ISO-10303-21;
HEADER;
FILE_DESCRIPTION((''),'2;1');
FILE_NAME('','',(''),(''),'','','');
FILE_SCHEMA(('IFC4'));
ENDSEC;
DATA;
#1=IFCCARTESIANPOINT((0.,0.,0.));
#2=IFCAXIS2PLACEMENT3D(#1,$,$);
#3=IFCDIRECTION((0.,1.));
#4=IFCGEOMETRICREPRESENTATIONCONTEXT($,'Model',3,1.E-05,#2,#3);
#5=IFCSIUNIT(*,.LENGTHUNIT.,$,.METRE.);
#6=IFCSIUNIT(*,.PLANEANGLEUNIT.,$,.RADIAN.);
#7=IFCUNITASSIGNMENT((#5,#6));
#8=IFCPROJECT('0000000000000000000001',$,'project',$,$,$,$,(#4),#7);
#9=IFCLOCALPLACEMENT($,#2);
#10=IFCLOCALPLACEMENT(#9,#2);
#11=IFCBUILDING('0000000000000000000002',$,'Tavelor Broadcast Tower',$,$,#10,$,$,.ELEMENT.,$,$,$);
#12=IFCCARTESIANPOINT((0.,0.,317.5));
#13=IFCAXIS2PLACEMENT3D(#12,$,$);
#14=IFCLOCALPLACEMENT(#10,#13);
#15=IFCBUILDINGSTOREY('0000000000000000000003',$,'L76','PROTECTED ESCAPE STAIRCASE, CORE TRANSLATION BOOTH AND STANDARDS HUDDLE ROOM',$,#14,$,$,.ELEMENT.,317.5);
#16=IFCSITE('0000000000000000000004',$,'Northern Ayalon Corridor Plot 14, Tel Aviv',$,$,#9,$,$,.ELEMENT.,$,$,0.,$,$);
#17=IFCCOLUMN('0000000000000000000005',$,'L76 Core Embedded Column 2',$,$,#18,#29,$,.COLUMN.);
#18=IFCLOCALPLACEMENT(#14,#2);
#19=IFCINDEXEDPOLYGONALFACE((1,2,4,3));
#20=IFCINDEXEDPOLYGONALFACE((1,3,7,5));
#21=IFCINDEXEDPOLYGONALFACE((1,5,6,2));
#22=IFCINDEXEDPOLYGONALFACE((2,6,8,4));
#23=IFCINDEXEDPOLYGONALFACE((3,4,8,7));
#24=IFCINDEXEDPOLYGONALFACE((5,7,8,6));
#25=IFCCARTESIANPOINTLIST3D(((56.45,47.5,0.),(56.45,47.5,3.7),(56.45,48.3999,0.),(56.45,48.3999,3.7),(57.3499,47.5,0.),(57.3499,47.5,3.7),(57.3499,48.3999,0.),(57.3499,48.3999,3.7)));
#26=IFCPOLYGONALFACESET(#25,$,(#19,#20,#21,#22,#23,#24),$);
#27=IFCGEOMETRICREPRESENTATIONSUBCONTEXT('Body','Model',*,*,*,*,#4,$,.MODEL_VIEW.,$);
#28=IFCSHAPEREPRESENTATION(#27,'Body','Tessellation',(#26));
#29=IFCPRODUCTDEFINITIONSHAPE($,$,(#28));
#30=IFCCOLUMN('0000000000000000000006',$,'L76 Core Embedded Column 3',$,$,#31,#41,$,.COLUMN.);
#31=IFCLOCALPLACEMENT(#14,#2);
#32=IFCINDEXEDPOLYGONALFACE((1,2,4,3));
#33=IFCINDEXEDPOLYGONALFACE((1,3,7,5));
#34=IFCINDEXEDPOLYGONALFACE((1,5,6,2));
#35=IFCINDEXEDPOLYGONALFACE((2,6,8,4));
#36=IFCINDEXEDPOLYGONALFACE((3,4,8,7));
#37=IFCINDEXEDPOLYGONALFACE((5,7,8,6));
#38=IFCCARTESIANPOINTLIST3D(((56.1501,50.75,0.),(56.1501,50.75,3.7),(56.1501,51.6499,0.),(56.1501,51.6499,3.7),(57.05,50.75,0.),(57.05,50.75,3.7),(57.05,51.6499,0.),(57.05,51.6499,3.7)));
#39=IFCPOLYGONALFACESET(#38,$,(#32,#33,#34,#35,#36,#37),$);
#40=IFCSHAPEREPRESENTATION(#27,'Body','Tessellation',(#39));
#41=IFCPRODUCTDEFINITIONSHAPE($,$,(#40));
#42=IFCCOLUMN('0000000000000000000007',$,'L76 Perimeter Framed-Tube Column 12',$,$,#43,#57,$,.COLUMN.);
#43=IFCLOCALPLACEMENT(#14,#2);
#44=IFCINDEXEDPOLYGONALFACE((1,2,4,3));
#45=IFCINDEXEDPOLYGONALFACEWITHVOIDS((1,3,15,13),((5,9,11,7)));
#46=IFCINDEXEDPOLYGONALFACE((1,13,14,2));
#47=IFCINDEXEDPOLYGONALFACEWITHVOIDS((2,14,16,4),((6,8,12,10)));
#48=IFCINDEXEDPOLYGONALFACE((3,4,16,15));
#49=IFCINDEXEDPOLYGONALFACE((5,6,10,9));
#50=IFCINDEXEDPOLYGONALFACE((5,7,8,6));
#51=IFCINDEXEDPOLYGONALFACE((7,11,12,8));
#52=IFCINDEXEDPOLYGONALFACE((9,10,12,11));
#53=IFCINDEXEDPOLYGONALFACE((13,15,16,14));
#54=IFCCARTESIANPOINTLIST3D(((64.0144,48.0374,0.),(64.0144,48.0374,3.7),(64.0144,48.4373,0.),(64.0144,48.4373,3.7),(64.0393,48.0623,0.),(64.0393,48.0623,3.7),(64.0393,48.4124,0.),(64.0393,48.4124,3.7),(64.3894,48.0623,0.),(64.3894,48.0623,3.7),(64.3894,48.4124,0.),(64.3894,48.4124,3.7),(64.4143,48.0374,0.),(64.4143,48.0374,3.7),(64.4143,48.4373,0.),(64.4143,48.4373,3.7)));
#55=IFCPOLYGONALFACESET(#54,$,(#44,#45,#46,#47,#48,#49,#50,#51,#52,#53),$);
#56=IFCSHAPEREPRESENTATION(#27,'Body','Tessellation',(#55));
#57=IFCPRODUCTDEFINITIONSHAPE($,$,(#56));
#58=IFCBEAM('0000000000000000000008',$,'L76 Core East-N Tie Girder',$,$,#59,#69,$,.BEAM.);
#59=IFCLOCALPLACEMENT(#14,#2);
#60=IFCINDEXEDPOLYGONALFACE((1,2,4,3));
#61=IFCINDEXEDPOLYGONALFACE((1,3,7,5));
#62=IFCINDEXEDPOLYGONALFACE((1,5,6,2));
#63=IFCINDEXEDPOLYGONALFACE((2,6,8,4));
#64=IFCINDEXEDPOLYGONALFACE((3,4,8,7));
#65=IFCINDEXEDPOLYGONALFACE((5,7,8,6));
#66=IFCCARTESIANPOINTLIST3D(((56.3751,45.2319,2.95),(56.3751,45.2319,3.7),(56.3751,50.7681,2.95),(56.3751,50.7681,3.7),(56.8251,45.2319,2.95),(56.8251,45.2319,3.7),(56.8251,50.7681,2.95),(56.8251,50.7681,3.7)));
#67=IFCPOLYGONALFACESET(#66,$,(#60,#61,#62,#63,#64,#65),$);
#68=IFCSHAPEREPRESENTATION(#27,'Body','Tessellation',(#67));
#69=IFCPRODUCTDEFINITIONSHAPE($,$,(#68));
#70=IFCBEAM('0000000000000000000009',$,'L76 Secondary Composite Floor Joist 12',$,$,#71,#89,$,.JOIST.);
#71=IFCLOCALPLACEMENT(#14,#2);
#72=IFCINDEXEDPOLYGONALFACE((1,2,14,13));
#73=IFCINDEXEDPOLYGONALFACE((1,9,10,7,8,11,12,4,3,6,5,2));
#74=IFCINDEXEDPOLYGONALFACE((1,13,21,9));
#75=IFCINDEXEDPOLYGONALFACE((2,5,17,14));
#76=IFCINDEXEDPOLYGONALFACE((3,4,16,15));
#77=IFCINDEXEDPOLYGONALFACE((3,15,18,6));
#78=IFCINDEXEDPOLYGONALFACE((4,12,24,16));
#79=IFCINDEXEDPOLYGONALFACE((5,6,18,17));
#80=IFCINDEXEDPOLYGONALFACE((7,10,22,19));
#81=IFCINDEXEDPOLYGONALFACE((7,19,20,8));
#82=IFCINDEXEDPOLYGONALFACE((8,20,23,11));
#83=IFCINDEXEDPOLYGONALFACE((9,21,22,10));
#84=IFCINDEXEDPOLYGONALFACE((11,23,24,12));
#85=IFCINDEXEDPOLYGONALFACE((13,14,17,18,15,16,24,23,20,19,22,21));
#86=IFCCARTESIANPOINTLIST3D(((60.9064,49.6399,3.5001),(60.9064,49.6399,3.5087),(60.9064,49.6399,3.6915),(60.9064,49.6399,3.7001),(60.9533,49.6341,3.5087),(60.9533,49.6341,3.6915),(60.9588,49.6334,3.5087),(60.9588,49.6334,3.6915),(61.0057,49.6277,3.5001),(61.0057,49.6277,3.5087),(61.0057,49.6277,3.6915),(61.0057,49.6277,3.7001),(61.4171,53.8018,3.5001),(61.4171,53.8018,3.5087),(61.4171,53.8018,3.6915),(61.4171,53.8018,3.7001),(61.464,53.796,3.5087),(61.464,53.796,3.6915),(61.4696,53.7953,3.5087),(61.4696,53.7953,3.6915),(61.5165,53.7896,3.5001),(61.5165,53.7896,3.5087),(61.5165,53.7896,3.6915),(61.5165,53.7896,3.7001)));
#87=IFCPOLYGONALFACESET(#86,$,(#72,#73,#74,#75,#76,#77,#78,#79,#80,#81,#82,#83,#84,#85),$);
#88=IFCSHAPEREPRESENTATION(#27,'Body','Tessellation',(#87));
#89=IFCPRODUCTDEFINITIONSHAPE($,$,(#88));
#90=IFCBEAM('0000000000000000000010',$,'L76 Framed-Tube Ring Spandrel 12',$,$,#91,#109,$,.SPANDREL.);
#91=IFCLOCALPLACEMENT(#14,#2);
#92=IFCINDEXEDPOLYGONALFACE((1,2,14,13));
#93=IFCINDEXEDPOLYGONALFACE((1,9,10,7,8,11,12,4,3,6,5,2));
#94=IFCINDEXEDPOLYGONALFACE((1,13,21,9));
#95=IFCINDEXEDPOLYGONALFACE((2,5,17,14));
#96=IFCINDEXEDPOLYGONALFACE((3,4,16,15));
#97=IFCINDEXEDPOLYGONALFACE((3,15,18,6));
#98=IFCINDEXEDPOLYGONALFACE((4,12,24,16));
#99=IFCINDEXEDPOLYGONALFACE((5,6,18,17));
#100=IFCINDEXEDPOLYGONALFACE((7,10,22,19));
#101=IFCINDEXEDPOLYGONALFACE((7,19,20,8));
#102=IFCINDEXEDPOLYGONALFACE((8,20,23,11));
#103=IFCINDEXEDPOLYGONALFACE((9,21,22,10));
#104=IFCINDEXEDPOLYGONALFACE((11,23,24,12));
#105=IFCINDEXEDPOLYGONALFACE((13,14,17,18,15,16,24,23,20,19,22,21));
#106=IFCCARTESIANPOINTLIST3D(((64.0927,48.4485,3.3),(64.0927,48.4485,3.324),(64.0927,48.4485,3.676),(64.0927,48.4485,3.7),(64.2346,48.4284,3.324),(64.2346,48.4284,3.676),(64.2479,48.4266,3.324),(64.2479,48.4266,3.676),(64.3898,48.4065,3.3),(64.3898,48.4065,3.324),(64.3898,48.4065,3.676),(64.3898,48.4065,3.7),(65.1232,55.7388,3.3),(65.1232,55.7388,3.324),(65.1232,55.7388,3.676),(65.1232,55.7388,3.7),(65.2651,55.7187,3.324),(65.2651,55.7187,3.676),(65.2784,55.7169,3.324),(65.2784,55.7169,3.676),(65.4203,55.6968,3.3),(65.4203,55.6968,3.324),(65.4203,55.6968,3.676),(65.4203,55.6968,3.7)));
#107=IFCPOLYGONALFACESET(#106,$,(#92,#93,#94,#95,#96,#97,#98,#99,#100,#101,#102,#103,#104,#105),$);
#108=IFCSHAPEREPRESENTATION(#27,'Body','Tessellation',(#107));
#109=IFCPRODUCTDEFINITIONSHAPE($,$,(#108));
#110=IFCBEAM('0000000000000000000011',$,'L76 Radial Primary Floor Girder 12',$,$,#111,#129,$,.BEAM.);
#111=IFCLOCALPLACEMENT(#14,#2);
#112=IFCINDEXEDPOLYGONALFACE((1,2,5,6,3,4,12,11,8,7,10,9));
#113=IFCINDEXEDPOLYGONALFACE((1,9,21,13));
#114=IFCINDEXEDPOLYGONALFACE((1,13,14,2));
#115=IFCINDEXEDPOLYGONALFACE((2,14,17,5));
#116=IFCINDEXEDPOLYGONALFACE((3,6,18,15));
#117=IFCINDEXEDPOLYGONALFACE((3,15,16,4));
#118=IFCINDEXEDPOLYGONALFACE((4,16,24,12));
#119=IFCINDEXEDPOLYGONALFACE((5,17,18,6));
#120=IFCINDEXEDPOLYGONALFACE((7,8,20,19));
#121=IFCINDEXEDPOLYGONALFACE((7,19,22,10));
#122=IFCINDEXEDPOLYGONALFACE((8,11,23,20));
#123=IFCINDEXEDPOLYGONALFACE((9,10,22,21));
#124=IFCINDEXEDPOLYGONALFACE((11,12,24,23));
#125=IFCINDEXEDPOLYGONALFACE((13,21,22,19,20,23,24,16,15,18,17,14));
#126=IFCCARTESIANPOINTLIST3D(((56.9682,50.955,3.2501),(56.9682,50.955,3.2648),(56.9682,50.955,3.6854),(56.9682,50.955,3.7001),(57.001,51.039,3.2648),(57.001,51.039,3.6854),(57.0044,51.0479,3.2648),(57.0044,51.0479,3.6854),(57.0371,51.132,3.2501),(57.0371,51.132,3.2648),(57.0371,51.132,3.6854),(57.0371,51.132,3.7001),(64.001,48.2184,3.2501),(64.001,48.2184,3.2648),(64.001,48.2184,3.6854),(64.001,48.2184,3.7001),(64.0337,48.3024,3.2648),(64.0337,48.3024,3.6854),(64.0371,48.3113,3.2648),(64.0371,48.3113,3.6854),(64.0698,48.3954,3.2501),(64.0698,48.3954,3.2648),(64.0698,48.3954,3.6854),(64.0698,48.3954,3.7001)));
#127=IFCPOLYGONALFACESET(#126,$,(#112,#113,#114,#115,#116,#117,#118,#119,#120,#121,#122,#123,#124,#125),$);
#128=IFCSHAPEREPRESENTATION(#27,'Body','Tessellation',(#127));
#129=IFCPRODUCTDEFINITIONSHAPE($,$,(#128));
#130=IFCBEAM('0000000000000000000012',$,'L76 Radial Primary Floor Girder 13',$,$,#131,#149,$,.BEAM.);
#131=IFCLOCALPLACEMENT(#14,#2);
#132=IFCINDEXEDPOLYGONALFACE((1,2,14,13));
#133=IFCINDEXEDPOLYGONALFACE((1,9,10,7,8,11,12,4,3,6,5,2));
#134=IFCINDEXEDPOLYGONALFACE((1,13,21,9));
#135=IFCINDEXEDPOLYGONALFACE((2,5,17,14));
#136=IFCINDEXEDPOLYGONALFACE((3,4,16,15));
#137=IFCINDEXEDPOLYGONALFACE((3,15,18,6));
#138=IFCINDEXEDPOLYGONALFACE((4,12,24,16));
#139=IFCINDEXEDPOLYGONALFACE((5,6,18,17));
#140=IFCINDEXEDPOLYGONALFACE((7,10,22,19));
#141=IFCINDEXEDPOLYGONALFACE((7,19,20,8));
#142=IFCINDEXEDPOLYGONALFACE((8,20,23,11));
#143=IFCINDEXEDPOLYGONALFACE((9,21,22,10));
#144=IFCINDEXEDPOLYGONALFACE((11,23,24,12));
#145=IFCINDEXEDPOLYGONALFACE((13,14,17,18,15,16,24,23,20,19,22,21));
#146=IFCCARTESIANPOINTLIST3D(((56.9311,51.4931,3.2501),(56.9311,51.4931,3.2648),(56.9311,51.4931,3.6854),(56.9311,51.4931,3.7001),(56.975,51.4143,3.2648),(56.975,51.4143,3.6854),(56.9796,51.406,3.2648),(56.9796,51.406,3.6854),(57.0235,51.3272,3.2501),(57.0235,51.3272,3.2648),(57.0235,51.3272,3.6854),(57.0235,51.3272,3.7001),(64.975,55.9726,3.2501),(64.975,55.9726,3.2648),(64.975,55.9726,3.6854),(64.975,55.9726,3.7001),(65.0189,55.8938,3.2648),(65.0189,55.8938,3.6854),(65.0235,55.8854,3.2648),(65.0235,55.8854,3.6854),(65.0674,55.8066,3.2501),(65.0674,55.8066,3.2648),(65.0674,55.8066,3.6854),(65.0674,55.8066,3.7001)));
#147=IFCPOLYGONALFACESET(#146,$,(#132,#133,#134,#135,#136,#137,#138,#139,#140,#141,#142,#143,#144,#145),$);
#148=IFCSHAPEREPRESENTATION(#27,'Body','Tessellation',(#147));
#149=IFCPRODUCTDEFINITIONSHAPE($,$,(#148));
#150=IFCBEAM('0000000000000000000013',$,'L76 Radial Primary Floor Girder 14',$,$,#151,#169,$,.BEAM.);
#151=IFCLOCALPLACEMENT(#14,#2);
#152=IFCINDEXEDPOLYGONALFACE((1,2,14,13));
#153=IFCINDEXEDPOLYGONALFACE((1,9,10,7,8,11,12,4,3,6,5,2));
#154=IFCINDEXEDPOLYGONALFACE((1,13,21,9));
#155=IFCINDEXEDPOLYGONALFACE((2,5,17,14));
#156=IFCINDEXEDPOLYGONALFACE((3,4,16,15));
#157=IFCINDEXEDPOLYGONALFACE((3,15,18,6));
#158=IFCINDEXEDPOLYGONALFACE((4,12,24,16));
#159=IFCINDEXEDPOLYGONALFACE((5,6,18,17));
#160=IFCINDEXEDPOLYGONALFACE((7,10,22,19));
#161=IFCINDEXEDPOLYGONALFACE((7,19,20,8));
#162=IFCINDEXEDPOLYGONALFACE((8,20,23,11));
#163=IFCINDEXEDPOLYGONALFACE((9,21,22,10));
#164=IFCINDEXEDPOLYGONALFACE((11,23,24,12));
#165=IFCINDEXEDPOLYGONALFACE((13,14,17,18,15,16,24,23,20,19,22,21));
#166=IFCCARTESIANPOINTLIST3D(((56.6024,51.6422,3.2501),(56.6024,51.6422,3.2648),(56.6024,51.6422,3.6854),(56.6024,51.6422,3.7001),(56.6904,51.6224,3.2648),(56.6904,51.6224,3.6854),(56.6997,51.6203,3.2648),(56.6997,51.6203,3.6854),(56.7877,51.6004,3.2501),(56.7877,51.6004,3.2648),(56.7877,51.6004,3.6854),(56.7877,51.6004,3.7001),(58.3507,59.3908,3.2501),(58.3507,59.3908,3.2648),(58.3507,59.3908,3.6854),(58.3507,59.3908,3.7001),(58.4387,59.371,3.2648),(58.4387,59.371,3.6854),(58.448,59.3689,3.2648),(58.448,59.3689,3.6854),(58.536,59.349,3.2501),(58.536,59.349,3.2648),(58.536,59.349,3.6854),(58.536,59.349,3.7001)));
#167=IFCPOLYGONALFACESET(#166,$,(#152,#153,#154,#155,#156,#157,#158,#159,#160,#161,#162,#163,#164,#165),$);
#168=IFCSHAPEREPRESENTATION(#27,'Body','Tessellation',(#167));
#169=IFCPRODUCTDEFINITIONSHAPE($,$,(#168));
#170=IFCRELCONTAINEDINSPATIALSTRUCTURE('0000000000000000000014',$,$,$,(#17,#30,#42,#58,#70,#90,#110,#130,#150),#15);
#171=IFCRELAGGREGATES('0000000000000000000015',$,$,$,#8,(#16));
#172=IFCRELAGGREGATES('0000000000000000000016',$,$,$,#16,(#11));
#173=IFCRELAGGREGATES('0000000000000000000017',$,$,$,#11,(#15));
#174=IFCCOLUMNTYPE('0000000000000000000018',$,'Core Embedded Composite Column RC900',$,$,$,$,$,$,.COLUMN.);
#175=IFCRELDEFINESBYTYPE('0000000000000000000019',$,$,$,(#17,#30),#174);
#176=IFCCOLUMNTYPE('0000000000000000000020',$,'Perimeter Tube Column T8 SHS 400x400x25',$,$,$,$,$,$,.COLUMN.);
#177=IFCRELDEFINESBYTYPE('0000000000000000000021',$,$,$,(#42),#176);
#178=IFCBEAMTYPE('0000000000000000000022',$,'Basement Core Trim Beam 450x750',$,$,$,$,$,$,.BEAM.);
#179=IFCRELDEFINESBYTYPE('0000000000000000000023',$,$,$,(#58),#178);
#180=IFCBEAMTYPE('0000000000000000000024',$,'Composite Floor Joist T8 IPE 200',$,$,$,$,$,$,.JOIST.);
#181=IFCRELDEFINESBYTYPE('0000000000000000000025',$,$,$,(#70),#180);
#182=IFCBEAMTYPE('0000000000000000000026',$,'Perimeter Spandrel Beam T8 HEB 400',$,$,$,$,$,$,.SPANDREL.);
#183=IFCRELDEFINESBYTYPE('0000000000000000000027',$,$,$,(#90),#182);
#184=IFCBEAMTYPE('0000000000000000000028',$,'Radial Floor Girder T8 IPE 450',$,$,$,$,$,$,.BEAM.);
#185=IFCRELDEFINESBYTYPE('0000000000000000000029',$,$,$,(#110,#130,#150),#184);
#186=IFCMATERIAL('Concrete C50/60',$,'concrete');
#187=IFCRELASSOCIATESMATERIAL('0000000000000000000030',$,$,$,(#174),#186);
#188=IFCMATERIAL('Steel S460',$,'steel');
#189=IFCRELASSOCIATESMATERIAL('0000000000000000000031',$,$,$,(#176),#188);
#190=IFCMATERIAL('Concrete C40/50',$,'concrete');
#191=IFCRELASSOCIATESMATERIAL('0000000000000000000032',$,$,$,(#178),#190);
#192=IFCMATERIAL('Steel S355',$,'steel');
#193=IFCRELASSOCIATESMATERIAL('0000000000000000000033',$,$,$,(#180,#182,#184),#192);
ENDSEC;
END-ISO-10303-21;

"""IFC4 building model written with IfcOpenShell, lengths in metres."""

from ifc_helpers import new_model, si_unit, direction, frame, origin, origin_2d, place, context, subcontext, project, spatial, rectangle, hollow_rectangle, i_section, extrude, material, material_profile, profile_set, type_object, element, save


model = new_model("IFC4")

# Units and contexts
model_context = context("Model", 3, precision=1e-05, world=origin(), true_north=direction((0.0, 1.0)))
body_context = subcontext(model_context, "Body", "Model", "MODEL_VIEW")
ifc_project = project(units=[si_unit("LENGTHUNIT", "METRE"), si_unit("PLANEANGLEUNIT", "RADIAN")], contexts=[model_context])

# Site, building, storey
site_placement = place(None, origin())
site = spatial("IfcSite", under=ifc_project, at=site_placement, Name="Northern Ayalon Corridor Plot 14, Tel Aviv", CompositionType="ELEMENT", RefElevation=0.0)
building_placement = place(site_placement, origin())
building = spatial("IfcBuilding", under=site, at=building_placement, Name="Tavelor Broadcast Tower", CompositionType="ELEMENT")
storey_placement = place(building_placement, frame((0.0, 0.0, 317.5)))
storey = spatial("IfcBuildingStorey", under=building, at=storey_placement, Name="L76", Description="PROTECTED ESCAPE STAIRCASE, CORE TRANSLATION BOOTH AND STANDARDS HUDDLE ROOM", CompositionType="ELEMENT", Elevation=317.5)

# Columns
ifc_material_1 = material(Name="Concrete C50/60", Category="concrete")
ifc_material_profile_1 = material_profile(ifc_material_1, rectangle(XDim=0.8999, YDim=0.8999, at=origin_2d()), Name="RC 900x900")
ifc_profile_set_1 = profile_set([ifc_material_profile_1], Name="Concrete C50/60")
column_type_1 = type_object("IfcColumnType", Name="Core Embedded Composite Column RC900", PredefinedType="COLUMN", material=ifc_profile_set_1)
for number, where, z_axis, x_axis, name in (
    (1, (56.8999, 47.95, 0.0), (0.0, 0.0, 1.0), (1.0, 0.0, 0.0), "L76 Core Embedded Column 2"),
    (2, (56.6001, 51.2, 0.0), (0.0, 0.0, 1.0), (1.0, 0.0, 0.0), "L76 Core Embedded Column 3"),
):
    element("IfcColumn", number, at=place(storey_placement, frame(where, z_axis=z_axis, x_axis=x_axis)), inside=storey, type_object=column_type_1, Name=name, PredefinedType="COLUMN", context=body_context, shape_type="SweptSolid", body=[
        extrude(rectangle(XDim=0.8999, YDim=0.8999, at=origin_2d()), origin(), (0.0, 0.0, 1.0), 3.7),
    ])
ifc_material_2 = material(Name="Steel S460", Category="steel")
ifc_material_profile_2 = material_profile(ifc_material_2, hollow_rectangle(XDim=0.3999, YDim=0.3999, WallThickness=0.0249, at=origin_2d()), Name="SHS 400x400x25")
ifc_profile_set_2 = profile_set([ifc_material_profile_2], Name="Steel S460")
column_type_2 = type_object("IfcColumnType", Name="Perimeter Tube Column T8 SHS 400x400x25", PredefinedType="COLUMN", material=ifc_profile_set_2)
column_placement = place(storey_placement, frame((64.2144, 48.2373, 0.0), z_axis=(0.0, 0.0, 1.0), x_axis=(1.0, 0.0, 0.0)))
element("IfcColumn", 3, at=column_placement, inside=storey, type_object=column_type_2, Name="L76 Perimeter Framed-Tube Column 12", PredefinedType="COLUMN", context=body_context, shape_type="SweptSolid", body=[
    extrude(hollow_rectangle(XDim=0.3999, YDim=0.3999, WallThickness=0.0249, at=origin_2d()), origin(), (0.0, 0.0, 1.0), 3.7),
])

# Beams
ifc_material_3 = material(Name="Concrete C40/50", Category="concrete")
ifc_material_profile_3 = material_profile(ifc_material_3, rectangle(XDim=0.45, YDim=0.75, at=origin_2d()), Name="RC 450x750")
ifc_profile_set_3 = profile_set([ifc_material_profile_3], Name="Concrete C40/50")
beam_type_1 = type_object("IfcBeamType", Name="Basement Core Trim Beam 450x750", PredefinedType="BEAM", material=ifc_profile_set_3)
beam_1_placement = place(storey_placement, frame((56.6001, 45.2319, 3.325), z_axis=(0.0, 1.0, 0.0), x_axis=(-1.0, 0.0, 0.0)))
element("IfcBeam", 4, at=beam_1_placement, inside=storey, type_object=beam_type_1, Name="L76 Core East-N Tie Girder", PredefinedType="BEAM", context=body_context, shape_type="SweptSolid", body=[
    extrude(rectangle(XDim=0.45, YDim=0.75, at=origin_2d()), origin(), (0.0, 0.0, 1.0), 5.5361),
])
ifc_material_4 = material(Name="Steel S355", Category="steel")
ifc_material_profile_4 = material_profile(ifc_material_4, i_section(OverallWidth=0.1001, OverallDepth=0.2, WebThickness=0.0056, FlangeThickness=0.0085, at=origin_2d()), Name="IPE 200")
ifc_profile_set_4 = profile_set([ifc_material_profile_4], Name="Steel S355")
beam_type_2 = type_object("IfcBeamType", Name="Composite Floor Joist T8 IPE 200", PredefinedType="JOIST", material=ifc_profile_set_4)
beam_2_placement = place(storey_placement, frame((60.9561, 49.6338, 3.6001), z_axis=(0.121806, 0.992554, 0.0), x_axis=(-0.992554, 0.121806, 0.0)))
element("IfcBeam", 5, at=beam_2_placement, inside=storey, type_object=beam_type_2, Name="L76 Secondary Composite Floor Joist 12", PredefinedType="JOIST", context=body_context, shape_type="SweptSolid", body=[
    extrude(i_section(OverallWidth=0.1001, OverallDepth=0.2, WebThickness=0.0056, FlangeThickness=0.0085, at=origin_2d()), origin(), (0.0, 0.0, 1.0), 4.1931),
])
ifc_material_profile_5 = material_profile(ifc_material_4, i_section(OverallWidth=0.3, OverallDepth=0.3999, WebThickness=0.0134, FlangeThickness=0.0239, at=origin_2d()), Name="HEB 400")
ifc_profile_set_5 = profile_set([ifc_material_profile_5], Name="Steel S355")
beam_type_3 = type_object("IfcBeamType", Name="Perimeter Spandrel Beam T8 HEB 400", PredefinedType="SPANDREL", material=ifc_profile_set_5)
beam_3_placement = place(storey_placement, frame((64.2412, 48.4275, 3.5), z_axis=(0.139964, 0.990157, 0.0), x_axis=(-0.990157, 0.139964, 0.0)))
element("IfcBeam", 6, at=beam_3_placement, inside=storey, type_object=beam_type_3, Name="L76 Framed-Tube Ring Spandrel 12", PredefinedType="SPANDREL", context=body_context, shape_type="SweptSolid", body=[
    extrude(i_section(OverallWidth=0.3, OverallDepth=0.3999, WebThickness=0.0134, FlangeThickness=0.0239, at=origin_2d()), origin(), (0.0, 0.0, 1.0), 7.3628),
])
ifc_material_profile_6 = material_profile(ifc_material_4, i_section(OverallWidth=0.1899, OverallDepth=0.45, WebThickness=0.0095, FlangeThickness=0.0146, at=origin_2d()), Name="IPE 450")
ifc_profile_set_6 = profile_set([ifc_material_profile_6], Name="Steel S355")
beam_type_4 = type_object("IfcBeamType", Name="Radial Floor Girder T8 IPE 450", PredefinedType="BEAM", material=ifc_profile_set_6)
beam_4_placement = place(storey_placement, frame((57.0027, 51.0435, 3.4751), z_axis=(0.931932, -0.362634, 0.0), x_axis=(0.362634, 0.931932, 0.0)))
element("IfcBeam", 7, at=beam_4_placement, inside=storey, type_object=beam_type_4, Name="L76 Radial Primary Floor Girder 12", PredefinedType="BEAM", context=body_context, shape_type="SweptSolid", body=[
    extrude(i_section(OverallWidth=0.1899, OverallDepth=0.45, WebThickness=0.0095, FlangeThickness=0.0146, at=origin_2d()), origin(), (0.0, 0.0, 1.0), 7.5464),
])
beam_5_placement = place(storey_placement, frame((56.9773, 51.4102, 3.4751), z_axis=(0.873667, 0.486525, 0.0), x_axis=(-0.486525, 0.873667, 0.0)))
element("IfcBeam", 8, at=beam_5_placement, inside=storey, type_object=beam_type_4, Name="L76 Radial Primary Floor Girder 13", PredefinedType="BEAM", context=body_context, shape_type="SweptSolid", body=[
    extrude(i_section(OverallWidth=0.1899, OverallDepth=0.45, WebThickness=0.0095, FlangeThickness=0.0146, at=origin_2d()), origin(), (0.0, 0.0, 1.0), 9.207),
])
beam_6_placement = place(storey_placement, frame((56.6951, 51.6213, 3.4751), z_axis=(0.220096, 0.975478, 0.0), x_axis=(-0.975478, 0.220096, 0.0)))
element("IfcBeam", 9, at=beam_6_placement, inside=storey, type_object=beam_type_4, Name="L76 Radial Primary Floor Girder 14", PredefinedType="BEAM", context=body_context, shape_type="SweptSolid", body=[
    extrude(i_section(OverallWidth=0.1899, OverallDepth=0.45, WebThickness=0.0095, FlangeThickness=0.0146, at=origin_2d()), origin(), (0.0, 0.0, 1.0), 7.9434),
])

save(model, "model.ifc")
